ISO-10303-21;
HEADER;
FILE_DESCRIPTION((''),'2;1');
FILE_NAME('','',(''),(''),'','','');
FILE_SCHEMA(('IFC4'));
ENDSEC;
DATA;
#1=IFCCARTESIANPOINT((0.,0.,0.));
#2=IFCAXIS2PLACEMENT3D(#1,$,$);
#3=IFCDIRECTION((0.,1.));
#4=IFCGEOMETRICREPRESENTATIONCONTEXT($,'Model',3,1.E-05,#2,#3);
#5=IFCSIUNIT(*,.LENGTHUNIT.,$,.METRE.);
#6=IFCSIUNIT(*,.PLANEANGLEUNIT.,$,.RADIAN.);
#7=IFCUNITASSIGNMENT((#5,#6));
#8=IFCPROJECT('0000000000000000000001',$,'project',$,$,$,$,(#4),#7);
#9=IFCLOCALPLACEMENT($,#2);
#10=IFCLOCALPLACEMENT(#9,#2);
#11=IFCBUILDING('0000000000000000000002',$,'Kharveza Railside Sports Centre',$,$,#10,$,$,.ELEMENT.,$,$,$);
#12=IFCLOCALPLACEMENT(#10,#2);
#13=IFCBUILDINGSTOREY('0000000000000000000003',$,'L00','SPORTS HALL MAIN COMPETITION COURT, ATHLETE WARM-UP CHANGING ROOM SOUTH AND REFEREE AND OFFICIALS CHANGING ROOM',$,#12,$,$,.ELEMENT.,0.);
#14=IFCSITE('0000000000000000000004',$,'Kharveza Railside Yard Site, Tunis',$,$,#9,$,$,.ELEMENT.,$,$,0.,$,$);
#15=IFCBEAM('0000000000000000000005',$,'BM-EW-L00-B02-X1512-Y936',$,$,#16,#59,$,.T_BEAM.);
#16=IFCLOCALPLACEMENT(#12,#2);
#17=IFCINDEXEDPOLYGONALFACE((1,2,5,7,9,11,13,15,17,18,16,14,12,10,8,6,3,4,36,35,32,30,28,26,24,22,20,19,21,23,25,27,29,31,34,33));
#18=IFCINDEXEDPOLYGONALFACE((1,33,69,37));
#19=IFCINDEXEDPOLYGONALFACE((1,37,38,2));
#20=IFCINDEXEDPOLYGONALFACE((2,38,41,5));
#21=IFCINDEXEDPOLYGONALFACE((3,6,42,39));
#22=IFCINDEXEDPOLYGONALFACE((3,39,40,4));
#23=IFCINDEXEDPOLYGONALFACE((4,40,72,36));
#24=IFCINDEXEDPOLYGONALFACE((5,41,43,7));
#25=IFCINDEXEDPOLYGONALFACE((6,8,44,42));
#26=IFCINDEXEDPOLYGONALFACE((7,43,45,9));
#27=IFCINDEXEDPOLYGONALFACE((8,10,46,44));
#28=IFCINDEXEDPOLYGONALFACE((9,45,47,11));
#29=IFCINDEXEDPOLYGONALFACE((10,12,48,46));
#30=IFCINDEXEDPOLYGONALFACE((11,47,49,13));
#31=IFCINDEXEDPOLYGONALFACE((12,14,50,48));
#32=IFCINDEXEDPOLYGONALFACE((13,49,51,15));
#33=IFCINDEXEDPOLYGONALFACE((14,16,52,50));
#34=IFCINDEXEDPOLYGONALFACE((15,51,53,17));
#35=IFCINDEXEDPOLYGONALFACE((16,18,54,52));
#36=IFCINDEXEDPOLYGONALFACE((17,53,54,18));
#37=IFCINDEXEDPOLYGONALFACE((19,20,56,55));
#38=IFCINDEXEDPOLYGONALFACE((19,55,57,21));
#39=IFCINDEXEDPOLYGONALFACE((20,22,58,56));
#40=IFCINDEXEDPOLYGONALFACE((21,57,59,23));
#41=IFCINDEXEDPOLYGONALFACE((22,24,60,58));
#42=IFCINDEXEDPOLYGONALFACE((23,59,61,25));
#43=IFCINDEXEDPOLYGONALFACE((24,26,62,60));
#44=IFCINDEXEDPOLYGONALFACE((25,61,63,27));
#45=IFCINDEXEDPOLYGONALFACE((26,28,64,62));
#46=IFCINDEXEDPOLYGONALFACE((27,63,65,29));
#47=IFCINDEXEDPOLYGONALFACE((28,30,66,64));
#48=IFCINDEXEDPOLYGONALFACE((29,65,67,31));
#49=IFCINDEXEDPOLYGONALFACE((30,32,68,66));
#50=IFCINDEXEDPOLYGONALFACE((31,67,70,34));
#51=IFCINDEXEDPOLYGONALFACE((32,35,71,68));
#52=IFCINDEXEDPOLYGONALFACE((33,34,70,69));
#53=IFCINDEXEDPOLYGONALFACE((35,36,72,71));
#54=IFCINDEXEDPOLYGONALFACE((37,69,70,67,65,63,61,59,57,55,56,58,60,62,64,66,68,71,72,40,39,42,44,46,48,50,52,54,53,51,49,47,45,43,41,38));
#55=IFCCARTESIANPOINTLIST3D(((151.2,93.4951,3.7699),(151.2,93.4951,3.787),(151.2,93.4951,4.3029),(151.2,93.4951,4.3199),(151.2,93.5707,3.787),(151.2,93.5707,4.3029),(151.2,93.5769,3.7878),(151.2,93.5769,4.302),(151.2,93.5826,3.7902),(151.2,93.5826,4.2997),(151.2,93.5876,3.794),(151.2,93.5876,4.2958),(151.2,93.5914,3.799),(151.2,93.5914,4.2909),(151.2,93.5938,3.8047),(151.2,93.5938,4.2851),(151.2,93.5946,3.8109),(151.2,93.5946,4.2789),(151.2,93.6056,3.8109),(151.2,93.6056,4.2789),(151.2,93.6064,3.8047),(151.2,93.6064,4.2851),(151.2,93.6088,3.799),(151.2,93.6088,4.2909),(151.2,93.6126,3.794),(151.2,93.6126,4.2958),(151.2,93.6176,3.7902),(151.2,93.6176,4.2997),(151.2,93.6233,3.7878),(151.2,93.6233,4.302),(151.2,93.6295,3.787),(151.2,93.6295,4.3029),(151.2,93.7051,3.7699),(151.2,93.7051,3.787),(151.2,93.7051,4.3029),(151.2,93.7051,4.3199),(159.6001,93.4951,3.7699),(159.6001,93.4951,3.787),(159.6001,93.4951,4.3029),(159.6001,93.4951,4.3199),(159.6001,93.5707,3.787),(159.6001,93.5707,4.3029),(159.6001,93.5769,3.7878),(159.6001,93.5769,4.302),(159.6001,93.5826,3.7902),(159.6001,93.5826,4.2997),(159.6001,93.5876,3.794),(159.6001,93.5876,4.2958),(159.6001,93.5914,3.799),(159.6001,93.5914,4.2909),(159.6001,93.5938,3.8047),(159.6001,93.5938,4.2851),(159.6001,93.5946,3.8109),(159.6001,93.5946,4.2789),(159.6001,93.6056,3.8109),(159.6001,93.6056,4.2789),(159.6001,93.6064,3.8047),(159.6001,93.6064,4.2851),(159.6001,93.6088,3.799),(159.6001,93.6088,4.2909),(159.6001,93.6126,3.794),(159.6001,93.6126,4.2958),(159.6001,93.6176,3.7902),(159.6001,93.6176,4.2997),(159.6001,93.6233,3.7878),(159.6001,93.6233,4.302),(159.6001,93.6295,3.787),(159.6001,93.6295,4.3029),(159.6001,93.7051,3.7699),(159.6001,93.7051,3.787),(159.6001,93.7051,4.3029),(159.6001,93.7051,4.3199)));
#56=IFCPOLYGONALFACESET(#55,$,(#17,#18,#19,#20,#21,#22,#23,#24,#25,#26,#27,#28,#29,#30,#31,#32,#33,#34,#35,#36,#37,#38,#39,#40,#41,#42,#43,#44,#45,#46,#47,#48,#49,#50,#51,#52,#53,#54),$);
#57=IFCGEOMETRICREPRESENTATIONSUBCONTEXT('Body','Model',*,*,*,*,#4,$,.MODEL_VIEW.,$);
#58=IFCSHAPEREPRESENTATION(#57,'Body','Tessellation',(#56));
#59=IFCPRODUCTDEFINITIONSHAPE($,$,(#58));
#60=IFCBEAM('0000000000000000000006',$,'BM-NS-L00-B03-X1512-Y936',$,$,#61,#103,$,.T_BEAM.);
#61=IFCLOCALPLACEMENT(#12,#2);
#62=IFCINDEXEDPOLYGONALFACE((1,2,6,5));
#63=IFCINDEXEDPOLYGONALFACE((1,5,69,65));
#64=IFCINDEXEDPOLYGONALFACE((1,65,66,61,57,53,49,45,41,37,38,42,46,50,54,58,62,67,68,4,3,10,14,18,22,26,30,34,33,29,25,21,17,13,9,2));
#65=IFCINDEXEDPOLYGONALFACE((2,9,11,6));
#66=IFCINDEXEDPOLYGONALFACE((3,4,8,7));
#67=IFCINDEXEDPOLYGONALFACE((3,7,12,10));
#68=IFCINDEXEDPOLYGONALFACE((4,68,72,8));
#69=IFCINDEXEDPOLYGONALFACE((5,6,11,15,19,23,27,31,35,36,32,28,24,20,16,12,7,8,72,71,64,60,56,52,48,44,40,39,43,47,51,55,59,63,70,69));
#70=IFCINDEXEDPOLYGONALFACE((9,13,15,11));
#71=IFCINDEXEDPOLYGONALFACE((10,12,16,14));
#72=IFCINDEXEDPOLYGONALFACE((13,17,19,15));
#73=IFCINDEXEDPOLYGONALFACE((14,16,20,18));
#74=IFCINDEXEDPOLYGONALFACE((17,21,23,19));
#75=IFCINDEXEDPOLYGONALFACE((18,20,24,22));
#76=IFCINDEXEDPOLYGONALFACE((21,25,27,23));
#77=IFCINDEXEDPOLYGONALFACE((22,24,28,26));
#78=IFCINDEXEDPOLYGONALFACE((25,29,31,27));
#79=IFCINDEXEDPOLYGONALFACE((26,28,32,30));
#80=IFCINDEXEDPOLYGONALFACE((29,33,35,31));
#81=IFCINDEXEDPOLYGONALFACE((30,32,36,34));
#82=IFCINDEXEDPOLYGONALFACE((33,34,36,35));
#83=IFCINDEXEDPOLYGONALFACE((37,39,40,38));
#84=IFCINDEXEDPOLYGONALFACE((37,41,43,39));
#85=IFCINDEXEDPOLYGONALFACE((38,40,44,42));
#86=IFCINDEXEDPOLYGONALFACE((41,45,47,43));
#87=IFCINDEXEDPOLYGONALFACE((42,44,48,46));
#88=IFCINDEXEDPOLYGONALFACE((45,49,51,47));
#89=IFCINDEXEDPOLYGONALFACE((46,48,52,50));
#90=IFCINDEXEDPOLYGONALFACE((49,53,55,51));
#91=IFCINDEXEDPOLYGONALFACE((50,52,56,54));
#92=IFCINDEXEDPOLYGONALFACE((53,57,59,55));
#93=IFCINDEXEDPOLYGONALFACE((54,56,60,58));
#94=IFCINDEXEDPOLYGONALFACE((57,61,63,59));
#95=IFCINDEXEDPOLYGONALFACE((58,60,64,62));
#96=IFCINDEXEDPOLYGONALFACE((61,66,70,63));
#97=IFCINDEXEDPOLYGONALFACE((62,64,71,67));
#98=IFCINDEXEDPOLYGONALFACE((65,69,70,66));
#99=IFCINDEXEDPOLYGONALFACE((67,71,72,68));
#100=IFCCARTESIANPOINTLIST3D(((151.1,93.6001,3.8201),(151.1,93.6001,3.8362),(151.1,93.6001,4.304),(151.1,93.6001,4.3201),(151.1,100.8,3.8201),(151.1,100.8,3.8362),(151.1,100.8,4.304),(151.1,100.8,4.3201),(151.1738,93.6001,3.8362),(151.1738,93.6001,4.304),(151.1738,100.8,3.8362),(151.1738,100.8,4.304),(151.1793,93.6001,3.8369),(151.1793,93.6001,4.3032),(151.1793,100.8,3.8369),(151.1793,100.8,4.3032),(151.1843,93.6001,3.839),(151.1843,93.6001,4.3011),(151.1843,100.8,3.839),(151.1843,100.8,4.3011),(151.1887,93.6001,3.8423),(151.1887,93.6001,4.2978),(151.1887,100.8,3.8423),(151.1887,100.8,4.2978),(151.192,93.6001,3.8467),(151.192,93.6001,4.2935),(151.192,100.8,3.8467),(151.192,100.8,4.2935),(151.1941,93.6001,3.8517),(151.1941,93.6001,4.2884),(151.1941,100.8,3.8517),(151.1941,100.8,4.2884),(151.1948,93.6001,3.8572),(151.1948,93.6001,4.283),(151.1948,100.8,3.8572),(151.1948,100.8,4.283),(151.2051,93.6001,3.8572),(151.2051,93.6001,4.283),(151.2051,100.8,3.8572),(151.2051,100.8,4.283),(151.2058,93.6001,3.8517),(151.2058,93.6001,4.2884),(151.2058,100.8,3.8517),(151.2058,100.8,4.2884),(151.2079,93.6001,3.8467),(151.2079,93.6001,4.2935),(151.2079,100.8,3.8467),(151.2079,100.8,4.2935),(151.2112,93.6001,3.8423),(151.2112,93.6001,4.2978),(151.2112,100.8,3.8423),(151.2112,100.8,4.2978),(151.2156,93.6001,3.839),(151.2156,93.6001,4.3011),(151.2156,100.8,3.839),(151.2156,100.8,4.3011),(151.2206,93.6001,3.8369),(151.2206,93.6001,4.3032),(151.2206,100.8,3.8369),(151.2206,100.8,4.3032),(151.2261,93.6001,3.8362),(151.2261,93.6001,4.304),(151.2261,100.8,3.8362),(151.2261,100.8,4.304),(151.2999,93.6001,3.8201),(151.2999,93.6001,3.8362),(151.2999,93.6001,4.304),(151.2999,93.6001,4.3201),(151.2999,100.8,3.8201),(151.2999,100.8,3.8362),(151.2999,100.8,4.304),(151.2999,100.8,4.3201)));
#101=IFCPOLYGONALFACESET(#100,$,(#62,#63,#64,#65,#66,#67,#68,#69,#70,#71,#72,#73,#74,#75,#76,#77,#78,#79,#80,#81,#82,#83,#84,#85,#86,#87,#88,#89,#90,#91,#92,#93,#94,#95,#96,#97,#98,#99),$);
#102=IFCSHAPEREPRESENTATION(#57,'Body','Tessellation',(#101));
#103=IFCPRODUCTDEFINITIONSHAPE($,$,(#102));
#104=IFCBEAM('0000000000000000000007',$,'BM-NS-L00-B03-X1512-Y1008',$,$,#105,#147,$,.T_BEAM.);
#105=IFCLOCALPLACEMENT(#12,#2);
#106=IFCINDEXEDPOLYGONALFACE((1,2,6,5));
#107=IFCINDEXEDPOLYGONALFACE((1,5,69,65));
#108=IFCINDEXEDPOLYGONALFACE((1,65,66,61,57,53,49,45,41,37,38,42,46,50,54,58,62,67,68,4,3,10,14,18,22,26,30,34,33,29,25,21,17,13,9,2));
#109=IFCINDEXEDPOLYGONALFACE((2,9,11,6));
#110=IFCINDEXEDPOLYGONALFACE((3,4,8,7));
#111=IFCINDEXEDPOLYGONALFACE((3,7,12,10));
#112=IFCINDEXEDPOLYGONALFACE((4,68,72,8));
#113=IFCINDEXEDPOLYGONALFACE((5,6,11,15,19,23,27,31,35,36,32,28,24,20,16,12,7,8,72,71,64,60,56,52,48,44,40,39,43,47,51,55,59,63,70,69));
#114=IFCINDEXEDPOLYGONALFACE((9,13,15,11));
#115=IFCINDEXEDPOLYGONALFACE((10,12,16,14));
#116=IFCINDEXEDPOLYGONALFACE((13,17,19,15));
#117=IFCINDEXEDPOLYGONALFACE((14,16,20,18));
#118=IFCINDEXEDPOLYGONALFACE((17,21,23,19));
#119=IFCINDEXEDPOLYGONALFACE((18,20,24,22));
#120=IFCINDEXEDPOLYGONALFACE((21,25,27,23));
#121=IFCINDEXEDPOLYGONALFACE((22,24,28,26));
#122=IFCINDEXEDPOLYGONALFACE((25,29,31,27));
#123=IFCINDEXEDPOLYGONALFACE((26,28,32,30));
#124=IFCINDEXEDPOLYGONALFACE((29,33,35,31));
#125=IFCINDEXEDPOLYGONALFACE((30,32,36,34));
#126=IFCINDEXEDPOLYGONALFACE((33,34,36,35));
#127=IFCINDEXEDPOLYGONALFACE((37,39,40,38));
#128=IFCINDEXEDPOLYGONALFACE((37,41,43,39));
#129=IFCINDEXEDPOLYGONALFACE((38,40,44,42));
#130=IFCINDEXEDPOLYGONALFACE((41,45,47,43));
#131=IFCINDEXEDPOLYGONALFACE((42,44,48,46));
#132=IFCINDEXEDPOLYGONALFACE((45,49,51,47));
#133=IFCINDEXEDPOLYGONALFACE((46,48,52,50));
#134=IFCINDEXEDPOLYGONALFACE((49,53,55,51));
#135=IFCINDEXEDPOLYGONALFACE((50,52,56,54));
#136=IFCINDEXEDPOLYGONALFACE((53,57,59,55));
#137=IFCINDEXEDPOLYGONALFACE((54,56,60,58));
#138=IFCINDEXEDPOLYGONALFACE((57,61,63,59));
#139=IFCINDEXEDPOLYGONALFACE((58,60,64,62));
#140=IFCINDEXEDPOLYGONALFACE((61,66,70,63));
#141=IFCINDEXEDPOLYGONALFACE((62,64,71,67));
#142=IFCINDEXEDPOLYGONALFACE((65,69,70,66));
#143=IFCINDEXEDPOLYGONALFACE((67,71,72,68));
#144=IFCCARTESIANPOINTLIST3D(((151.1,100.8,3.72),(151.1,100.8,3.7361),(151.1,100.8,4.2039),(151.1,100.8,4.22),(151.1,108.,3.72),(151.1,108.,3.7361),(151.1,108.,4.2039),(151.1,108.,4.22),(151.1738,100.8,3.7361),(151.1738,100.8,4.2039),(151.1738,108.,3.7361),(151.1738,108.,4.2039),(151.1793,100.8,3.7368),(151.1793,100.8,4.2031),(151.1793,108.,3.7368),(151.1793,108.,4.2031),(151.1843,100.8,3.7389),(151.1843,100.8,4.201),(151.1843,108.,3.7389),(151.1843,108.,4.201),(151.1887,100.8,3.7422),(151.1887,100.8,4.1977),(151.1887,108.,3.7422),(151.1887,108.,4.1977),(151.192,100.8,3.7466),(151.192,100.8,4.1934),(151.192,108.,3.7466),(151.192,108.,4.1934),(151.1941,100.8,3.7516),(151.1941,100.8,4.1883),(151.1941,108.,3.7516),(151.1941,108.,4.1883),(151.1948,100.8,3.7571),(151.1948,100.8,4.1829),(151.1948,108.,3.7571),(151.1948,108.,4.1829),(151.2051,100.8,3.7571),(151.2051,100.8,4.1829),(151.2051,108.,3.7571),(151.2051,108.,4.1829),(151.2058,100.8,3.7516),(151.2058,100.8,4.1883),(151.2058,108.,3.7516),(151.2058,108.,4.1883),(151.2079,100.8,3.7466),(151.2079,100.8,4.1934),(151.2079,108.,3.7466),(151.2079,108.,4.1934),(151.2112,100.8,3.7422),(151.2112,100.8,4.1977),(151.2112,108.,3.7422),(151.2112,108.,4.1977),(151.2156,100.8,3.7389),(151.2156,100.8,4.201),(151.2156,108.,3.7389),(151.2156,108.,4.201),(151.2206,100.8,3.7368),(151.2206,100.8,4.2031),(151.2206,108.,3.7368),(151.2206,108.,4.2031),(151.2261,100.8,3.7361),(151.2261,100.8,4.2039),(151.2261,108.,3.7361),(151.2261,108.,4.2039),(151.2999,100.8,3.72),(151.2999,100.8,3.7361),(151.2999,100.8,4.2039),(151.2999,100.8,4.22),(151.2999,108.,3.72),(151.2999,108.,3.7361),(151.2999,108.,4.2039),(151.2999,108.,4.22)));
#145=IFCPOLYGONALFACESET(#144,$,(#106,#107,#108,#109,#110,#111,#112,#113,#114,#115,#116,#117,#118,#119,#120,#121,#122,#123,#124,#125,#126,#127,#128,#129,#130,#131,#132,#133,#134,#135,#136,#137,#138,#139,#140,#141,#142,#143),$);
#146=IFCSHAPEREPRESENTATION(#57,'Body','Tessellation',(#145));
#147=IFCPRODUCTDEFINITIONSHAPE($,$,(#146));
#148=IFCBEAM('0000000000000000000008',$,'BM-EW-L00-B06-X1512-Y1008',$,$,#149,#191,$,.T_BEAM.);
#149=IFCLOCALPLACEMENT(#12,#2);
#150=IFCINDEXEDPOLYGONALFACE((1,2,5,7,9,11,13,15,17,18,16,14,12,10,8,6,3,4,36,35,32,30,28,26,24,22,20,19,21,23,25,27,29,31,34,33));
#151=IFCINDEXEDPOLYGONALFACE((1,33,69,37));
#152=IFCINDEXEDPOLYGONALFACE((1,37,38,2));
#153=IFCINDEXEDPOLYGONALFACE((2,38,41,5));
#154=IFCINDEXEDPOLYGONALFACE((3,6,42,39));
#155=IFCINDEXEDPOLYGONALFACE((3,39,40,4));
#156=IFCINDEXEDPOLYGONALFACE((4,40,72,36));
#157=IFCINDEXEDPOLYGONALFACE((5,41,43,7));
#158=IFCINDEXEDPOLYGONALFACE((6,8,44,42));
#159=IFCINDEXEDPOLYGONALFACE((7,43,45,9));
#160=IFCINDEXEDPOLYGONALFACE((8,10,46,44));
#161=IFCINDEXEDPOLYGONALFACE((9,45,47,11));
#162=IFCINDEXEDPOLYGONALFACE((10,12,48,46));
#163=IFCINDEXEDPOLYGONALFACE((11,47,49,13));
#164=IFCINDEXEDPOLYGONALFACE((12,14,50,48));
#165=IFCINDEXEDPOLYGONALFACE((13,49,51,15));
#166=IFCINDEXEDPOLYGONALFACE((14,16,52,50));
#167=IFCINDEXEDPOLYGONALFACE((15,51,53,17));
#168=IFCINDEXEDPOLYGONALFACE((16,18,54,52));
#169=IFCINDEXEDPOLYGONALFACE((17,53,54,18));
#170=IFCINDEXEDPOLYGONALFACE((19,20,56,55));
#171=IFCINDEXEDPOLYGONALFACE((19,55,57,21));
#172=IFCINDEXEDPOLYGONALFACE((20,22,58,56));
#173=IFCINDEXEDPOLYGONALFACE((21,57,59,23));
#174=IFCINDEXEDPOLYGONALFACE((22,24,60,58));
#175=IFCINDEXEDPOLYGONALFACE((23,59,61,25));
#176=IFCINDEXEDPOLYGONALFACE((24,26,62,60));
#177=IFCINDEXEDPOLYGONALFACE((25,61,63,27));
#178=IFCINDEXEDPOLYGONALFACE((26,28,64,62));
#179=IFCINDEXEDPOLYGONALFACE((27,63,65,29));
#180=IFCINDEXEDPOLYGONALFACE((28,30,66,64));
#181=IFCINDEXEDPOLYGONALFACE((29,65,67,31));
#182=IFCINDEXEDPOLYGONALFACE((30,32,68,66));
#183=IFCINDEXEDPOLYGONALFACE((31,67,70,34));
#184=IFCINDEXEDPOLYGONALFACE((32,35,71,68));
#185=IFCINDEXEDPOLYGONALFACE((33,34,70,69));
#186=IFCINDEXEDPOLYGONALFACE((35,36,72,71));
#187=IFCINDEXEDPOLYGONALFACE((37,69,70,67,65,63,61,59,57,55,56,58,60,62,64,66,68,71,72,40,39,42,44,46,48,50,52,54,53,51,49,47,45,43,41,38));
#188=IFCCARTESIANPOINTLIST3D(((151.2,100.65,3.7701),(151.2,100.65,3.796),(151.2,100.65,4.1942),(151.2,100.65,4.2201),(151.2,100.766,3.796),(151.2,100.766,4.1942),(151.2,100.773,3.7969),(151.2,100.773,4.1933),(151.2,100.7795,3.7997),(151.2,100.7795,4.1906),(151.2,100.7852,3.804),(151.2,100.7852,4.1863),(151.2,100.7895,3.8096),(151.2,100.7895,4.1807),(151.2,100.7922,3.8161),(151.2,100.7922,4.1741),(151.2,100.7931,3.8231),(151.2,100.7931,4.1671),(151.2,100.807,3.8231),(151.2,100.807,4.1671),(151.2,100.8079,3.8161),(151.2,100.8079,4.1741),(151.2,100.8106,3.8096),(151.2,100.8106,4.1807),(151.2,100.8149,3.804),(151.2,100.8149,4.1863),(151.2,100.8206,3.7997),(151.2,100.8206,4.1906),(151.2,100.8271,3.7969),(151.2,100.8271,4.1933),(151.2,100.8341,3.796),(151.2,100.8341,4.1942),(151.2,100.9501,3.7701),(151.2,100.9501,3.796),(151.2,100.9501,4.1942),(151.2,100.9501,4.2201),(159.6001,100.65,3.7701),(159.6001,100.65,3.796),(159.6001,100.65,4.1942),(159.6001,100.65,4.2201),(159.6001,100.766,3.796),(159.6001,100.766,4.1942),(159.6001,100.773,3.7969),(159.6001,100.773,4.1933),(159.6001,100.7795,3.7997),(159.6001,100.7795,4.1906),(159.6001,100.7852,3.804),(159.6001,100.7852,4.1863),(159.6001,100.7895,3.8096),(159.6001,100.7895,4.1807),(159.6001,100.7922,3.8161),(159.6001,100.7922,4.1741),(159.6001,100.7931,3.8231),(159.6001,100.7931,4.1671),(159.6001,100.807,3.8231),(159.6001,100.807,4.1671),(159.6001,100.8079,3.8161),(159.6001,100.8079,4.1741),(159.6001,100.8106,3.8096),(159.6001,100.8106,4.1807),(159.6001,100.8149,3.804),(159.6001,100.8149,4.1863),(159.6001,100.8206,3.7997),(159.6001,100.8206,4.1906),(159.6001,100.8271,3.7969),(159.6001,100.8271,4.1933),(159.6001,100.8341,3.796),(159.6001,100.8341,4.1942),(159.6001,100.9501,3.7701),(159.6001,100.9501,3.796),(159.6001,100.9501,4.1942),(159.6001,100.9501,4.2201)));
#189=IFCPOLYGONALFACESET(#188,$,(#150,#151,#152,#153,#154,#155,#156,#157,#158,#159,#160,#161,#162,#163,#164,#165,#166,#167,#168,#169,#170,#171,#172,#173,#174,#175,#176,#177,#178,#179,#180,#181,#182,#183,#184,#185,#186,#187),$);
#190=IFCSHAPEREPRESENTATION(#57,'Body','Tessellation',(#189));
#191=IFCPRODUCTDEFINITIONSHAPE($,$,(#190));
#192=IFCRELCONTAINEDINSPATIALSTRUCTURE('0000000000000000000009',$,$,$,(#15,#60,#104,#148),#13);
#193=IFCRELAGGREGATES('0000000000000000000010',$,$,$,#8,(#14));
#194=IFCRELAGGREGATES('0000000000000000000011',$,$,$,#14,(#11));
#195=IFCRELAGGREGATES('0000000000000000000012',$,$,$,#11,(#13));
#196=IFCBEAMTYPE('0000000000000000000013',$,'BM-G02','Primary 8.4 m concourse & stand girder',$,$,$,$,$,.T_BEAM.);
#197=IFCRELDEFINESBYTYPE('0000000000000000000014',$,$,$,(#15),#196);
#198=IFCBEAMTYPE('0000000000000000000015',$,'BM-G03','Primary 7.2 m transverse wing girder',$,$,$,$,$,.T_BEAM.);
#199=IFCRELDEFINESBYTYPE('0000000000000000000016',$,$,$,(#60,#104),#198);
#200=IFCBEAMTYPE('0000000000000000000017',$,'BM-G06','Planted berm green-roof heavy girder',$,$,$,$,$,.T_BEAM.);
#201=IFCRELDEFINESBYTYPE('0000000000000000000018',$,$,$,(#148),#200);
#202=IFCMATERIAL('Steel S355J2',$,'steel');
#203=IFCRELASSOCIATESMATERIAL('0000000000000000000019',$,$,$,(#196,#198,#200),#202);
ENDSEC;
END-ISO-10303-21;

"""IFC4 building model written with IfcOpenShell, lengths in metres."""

from ifc_helpers import new_model, si_unit, direction, frame, origin, origin_2d, place, context, subcontext, project, spatial, i_section, extrude, material, material_profile, profile_set, type_object, element, save


model = new_model("IFC4")

# Units and contexts
model_context = context("Model", 3, precision=1e-05, world=origin(), true_north=direction((0.0, 1.0)))
body_context = subcontext(model_context, "Body", "Model", "MODEL_VIEW")
ifc_project = project(units=[si_unit("LENGTHUNIT", "METRE"), si_unit("PLANEANGLEUNIT", "RADIAN")], contexts=[model_context])

# Site, building, storey
site_placement = place(None, origin())
site = spatial("IfcSite", under=ifc_project, at=site_placement, Name="Kharveza Railside Yard Site, Tunis", CompositionType="ELEMENT", RefElevation=0.0)
building_placement = place(site_placement, origin())
building = spatial("IfcBuilding", under=site, at=building_placement, Name="Kharveza Railside Sports Centre", CompositionType="ELEMENT")
storey_placement = place(building_placement, origin())
storey = spatial("IfcBuildingStorey", under=building, at=storey_placement, Name="L00", Description="SPORTS HALL MAIN COMPETITION COURT, ATHLETE WARM-UP CHANGING ROOM SOUTH AND REFEREE AND OFFICIALS CHANGING ROOM", CompositionType="ELEMENT", Elevation=0.0)

# Shared definitions
ifc_material_1 = material(Name="Steel S355J2", Category="steel")

# Beams
ifc_material_profile_1 = material_profile(ifc_material_1, i_section(OverallWidth=0.21, OverallDepth=0.55, WebThickness=0.011, FlangeThickness=0.0171, FilletRadius=0.0239, at=origin_2d()), Name="IPE 550")
ifc_profile_set_1 = profile_set([ifc_material_profile_1], Name="Steel S355J2")
beam_type_1 = type_object("IfcBeamType", Name="BM-G02", Description="Primary 8.4 m concourse & stand girder", PredefinedType="T_BEAM", material=ifc_profile_set_1)
beam_1_placement = place(storey_placement, frame((151.2, 93.6001, 4.0449), z_axis=(1.0, 0.0, 0.0), x_axis=(0.0, 1.0, 0.0)))
element("IfcBeam", 1, at=beam_1_placement, inside=storey, type_object=beam_type_1, Name="BM-EW-L00-B02-X1512-Y936", PredefinedType="T_BEAM", context=body_context, shape_type="SweptSolid", body=[
    extrude(i_section(OverallWidth=0.21, OverallDepth=0.55, WebThickness=0.011, FlangeThickness=0.0171, FilletRadius=0.0239, at=origin_2d()), origin(), (0.0, 0.0, 1.0), 8.4001),
])
ifc_material_profile_2 = material_profile(ifc_material_1, i_section(OverallWidth=0.2, OverallDepth=0.5, WebThickness=0.0103, FlangeThickness=0.0161, FilletRadius=0.021, at=origin_2d()), Name="IPE 500")
ifc_profile_set_2 = profile_set([ifc_material_profile_2], Name="Steel S355J2")
beam_type_2 = type_object("IfcBeamType", Name="BM-G03", Description="Primary 7.2 m transverse wing girder", PredefinedType="T_BEAM", material=ifc_profile_set_2)
for number, where, z_axis, x_axis, name in (
    (2, (151.2, 93.6001, 4.0701), (0.0, 1.0, 0.0), (-1.0, 0.0, 0.0), "BM-NS-L00-B03-X1512-Y936"),
    (3, (151.2, 100.8, 3.97), (0.0, 1.0, 0.0), (-1.0, 0.0, 0.0), "BM-NS-L00-B03-X1512-Y1008"),
):
    element("IfcBeam", number, at=place(storey_placement, frame(where, z_axis=z_axis, x_axis=x_axis)), inside=storey, type_object=beam_type_2, Name=name, PredefinedType="T_BEAM", context=body_context, shape_type="SweptSolid", body=[
        extrude(i_section(OverallWidth=0.2, OverallDepth=0.5, WebThickness=0.0103, FlangeThickness=0.0161, FilletRadius=0.021, at=origin_2d()), origin(), (0.0, 0.0, 1.0), 7.2),
    ])
ifc_material_profile_3 = material_profile(ifc_material_1, i_section(OverallWidth=0.3, OverallDepth=0.45, WebThickness=0.0139, FlangeThickness=0.0259, FilletRadius=0.0271, at=origin_2d()), Name="HEB 450")
ifc_profile_set_3 = profile_set([ifc_material_profile_3], Name="Steel S355J2")
beam_type_3 = type_object("IfcBeamType", Name="BM-G06", Description="Planted berm green-roof heavy girder", PredefinedType="T_BEAM", material=ifc_profile_set_3)
beam_2_placement = place(storey_placement, frame((151.2, 100.8, 3.9951), z_axis=(1.0, 0.0, 0.0), x_axis=(0.0, 1.0, 0.0)))
element("IfcBeam", 4, at=beam_2_placement, inside=storey, type_object=beam_type_3, Name="BM-EW-L00-B06-X1512-Y1008", PredefinedType="T_BEAM", context=body_context, shape_type="SweptSolid", body=[
    extrude(i_section(OverallWidth=0.3, OverallDepth=0.45, WebThickness=0.0139, FlangeThickness=0.0259, FilletRadius=0.0271, at=origin_2d()), origin(), (0.0, 0.0, 1.0), 8.4001),
])

save(model, "model.ifc")
